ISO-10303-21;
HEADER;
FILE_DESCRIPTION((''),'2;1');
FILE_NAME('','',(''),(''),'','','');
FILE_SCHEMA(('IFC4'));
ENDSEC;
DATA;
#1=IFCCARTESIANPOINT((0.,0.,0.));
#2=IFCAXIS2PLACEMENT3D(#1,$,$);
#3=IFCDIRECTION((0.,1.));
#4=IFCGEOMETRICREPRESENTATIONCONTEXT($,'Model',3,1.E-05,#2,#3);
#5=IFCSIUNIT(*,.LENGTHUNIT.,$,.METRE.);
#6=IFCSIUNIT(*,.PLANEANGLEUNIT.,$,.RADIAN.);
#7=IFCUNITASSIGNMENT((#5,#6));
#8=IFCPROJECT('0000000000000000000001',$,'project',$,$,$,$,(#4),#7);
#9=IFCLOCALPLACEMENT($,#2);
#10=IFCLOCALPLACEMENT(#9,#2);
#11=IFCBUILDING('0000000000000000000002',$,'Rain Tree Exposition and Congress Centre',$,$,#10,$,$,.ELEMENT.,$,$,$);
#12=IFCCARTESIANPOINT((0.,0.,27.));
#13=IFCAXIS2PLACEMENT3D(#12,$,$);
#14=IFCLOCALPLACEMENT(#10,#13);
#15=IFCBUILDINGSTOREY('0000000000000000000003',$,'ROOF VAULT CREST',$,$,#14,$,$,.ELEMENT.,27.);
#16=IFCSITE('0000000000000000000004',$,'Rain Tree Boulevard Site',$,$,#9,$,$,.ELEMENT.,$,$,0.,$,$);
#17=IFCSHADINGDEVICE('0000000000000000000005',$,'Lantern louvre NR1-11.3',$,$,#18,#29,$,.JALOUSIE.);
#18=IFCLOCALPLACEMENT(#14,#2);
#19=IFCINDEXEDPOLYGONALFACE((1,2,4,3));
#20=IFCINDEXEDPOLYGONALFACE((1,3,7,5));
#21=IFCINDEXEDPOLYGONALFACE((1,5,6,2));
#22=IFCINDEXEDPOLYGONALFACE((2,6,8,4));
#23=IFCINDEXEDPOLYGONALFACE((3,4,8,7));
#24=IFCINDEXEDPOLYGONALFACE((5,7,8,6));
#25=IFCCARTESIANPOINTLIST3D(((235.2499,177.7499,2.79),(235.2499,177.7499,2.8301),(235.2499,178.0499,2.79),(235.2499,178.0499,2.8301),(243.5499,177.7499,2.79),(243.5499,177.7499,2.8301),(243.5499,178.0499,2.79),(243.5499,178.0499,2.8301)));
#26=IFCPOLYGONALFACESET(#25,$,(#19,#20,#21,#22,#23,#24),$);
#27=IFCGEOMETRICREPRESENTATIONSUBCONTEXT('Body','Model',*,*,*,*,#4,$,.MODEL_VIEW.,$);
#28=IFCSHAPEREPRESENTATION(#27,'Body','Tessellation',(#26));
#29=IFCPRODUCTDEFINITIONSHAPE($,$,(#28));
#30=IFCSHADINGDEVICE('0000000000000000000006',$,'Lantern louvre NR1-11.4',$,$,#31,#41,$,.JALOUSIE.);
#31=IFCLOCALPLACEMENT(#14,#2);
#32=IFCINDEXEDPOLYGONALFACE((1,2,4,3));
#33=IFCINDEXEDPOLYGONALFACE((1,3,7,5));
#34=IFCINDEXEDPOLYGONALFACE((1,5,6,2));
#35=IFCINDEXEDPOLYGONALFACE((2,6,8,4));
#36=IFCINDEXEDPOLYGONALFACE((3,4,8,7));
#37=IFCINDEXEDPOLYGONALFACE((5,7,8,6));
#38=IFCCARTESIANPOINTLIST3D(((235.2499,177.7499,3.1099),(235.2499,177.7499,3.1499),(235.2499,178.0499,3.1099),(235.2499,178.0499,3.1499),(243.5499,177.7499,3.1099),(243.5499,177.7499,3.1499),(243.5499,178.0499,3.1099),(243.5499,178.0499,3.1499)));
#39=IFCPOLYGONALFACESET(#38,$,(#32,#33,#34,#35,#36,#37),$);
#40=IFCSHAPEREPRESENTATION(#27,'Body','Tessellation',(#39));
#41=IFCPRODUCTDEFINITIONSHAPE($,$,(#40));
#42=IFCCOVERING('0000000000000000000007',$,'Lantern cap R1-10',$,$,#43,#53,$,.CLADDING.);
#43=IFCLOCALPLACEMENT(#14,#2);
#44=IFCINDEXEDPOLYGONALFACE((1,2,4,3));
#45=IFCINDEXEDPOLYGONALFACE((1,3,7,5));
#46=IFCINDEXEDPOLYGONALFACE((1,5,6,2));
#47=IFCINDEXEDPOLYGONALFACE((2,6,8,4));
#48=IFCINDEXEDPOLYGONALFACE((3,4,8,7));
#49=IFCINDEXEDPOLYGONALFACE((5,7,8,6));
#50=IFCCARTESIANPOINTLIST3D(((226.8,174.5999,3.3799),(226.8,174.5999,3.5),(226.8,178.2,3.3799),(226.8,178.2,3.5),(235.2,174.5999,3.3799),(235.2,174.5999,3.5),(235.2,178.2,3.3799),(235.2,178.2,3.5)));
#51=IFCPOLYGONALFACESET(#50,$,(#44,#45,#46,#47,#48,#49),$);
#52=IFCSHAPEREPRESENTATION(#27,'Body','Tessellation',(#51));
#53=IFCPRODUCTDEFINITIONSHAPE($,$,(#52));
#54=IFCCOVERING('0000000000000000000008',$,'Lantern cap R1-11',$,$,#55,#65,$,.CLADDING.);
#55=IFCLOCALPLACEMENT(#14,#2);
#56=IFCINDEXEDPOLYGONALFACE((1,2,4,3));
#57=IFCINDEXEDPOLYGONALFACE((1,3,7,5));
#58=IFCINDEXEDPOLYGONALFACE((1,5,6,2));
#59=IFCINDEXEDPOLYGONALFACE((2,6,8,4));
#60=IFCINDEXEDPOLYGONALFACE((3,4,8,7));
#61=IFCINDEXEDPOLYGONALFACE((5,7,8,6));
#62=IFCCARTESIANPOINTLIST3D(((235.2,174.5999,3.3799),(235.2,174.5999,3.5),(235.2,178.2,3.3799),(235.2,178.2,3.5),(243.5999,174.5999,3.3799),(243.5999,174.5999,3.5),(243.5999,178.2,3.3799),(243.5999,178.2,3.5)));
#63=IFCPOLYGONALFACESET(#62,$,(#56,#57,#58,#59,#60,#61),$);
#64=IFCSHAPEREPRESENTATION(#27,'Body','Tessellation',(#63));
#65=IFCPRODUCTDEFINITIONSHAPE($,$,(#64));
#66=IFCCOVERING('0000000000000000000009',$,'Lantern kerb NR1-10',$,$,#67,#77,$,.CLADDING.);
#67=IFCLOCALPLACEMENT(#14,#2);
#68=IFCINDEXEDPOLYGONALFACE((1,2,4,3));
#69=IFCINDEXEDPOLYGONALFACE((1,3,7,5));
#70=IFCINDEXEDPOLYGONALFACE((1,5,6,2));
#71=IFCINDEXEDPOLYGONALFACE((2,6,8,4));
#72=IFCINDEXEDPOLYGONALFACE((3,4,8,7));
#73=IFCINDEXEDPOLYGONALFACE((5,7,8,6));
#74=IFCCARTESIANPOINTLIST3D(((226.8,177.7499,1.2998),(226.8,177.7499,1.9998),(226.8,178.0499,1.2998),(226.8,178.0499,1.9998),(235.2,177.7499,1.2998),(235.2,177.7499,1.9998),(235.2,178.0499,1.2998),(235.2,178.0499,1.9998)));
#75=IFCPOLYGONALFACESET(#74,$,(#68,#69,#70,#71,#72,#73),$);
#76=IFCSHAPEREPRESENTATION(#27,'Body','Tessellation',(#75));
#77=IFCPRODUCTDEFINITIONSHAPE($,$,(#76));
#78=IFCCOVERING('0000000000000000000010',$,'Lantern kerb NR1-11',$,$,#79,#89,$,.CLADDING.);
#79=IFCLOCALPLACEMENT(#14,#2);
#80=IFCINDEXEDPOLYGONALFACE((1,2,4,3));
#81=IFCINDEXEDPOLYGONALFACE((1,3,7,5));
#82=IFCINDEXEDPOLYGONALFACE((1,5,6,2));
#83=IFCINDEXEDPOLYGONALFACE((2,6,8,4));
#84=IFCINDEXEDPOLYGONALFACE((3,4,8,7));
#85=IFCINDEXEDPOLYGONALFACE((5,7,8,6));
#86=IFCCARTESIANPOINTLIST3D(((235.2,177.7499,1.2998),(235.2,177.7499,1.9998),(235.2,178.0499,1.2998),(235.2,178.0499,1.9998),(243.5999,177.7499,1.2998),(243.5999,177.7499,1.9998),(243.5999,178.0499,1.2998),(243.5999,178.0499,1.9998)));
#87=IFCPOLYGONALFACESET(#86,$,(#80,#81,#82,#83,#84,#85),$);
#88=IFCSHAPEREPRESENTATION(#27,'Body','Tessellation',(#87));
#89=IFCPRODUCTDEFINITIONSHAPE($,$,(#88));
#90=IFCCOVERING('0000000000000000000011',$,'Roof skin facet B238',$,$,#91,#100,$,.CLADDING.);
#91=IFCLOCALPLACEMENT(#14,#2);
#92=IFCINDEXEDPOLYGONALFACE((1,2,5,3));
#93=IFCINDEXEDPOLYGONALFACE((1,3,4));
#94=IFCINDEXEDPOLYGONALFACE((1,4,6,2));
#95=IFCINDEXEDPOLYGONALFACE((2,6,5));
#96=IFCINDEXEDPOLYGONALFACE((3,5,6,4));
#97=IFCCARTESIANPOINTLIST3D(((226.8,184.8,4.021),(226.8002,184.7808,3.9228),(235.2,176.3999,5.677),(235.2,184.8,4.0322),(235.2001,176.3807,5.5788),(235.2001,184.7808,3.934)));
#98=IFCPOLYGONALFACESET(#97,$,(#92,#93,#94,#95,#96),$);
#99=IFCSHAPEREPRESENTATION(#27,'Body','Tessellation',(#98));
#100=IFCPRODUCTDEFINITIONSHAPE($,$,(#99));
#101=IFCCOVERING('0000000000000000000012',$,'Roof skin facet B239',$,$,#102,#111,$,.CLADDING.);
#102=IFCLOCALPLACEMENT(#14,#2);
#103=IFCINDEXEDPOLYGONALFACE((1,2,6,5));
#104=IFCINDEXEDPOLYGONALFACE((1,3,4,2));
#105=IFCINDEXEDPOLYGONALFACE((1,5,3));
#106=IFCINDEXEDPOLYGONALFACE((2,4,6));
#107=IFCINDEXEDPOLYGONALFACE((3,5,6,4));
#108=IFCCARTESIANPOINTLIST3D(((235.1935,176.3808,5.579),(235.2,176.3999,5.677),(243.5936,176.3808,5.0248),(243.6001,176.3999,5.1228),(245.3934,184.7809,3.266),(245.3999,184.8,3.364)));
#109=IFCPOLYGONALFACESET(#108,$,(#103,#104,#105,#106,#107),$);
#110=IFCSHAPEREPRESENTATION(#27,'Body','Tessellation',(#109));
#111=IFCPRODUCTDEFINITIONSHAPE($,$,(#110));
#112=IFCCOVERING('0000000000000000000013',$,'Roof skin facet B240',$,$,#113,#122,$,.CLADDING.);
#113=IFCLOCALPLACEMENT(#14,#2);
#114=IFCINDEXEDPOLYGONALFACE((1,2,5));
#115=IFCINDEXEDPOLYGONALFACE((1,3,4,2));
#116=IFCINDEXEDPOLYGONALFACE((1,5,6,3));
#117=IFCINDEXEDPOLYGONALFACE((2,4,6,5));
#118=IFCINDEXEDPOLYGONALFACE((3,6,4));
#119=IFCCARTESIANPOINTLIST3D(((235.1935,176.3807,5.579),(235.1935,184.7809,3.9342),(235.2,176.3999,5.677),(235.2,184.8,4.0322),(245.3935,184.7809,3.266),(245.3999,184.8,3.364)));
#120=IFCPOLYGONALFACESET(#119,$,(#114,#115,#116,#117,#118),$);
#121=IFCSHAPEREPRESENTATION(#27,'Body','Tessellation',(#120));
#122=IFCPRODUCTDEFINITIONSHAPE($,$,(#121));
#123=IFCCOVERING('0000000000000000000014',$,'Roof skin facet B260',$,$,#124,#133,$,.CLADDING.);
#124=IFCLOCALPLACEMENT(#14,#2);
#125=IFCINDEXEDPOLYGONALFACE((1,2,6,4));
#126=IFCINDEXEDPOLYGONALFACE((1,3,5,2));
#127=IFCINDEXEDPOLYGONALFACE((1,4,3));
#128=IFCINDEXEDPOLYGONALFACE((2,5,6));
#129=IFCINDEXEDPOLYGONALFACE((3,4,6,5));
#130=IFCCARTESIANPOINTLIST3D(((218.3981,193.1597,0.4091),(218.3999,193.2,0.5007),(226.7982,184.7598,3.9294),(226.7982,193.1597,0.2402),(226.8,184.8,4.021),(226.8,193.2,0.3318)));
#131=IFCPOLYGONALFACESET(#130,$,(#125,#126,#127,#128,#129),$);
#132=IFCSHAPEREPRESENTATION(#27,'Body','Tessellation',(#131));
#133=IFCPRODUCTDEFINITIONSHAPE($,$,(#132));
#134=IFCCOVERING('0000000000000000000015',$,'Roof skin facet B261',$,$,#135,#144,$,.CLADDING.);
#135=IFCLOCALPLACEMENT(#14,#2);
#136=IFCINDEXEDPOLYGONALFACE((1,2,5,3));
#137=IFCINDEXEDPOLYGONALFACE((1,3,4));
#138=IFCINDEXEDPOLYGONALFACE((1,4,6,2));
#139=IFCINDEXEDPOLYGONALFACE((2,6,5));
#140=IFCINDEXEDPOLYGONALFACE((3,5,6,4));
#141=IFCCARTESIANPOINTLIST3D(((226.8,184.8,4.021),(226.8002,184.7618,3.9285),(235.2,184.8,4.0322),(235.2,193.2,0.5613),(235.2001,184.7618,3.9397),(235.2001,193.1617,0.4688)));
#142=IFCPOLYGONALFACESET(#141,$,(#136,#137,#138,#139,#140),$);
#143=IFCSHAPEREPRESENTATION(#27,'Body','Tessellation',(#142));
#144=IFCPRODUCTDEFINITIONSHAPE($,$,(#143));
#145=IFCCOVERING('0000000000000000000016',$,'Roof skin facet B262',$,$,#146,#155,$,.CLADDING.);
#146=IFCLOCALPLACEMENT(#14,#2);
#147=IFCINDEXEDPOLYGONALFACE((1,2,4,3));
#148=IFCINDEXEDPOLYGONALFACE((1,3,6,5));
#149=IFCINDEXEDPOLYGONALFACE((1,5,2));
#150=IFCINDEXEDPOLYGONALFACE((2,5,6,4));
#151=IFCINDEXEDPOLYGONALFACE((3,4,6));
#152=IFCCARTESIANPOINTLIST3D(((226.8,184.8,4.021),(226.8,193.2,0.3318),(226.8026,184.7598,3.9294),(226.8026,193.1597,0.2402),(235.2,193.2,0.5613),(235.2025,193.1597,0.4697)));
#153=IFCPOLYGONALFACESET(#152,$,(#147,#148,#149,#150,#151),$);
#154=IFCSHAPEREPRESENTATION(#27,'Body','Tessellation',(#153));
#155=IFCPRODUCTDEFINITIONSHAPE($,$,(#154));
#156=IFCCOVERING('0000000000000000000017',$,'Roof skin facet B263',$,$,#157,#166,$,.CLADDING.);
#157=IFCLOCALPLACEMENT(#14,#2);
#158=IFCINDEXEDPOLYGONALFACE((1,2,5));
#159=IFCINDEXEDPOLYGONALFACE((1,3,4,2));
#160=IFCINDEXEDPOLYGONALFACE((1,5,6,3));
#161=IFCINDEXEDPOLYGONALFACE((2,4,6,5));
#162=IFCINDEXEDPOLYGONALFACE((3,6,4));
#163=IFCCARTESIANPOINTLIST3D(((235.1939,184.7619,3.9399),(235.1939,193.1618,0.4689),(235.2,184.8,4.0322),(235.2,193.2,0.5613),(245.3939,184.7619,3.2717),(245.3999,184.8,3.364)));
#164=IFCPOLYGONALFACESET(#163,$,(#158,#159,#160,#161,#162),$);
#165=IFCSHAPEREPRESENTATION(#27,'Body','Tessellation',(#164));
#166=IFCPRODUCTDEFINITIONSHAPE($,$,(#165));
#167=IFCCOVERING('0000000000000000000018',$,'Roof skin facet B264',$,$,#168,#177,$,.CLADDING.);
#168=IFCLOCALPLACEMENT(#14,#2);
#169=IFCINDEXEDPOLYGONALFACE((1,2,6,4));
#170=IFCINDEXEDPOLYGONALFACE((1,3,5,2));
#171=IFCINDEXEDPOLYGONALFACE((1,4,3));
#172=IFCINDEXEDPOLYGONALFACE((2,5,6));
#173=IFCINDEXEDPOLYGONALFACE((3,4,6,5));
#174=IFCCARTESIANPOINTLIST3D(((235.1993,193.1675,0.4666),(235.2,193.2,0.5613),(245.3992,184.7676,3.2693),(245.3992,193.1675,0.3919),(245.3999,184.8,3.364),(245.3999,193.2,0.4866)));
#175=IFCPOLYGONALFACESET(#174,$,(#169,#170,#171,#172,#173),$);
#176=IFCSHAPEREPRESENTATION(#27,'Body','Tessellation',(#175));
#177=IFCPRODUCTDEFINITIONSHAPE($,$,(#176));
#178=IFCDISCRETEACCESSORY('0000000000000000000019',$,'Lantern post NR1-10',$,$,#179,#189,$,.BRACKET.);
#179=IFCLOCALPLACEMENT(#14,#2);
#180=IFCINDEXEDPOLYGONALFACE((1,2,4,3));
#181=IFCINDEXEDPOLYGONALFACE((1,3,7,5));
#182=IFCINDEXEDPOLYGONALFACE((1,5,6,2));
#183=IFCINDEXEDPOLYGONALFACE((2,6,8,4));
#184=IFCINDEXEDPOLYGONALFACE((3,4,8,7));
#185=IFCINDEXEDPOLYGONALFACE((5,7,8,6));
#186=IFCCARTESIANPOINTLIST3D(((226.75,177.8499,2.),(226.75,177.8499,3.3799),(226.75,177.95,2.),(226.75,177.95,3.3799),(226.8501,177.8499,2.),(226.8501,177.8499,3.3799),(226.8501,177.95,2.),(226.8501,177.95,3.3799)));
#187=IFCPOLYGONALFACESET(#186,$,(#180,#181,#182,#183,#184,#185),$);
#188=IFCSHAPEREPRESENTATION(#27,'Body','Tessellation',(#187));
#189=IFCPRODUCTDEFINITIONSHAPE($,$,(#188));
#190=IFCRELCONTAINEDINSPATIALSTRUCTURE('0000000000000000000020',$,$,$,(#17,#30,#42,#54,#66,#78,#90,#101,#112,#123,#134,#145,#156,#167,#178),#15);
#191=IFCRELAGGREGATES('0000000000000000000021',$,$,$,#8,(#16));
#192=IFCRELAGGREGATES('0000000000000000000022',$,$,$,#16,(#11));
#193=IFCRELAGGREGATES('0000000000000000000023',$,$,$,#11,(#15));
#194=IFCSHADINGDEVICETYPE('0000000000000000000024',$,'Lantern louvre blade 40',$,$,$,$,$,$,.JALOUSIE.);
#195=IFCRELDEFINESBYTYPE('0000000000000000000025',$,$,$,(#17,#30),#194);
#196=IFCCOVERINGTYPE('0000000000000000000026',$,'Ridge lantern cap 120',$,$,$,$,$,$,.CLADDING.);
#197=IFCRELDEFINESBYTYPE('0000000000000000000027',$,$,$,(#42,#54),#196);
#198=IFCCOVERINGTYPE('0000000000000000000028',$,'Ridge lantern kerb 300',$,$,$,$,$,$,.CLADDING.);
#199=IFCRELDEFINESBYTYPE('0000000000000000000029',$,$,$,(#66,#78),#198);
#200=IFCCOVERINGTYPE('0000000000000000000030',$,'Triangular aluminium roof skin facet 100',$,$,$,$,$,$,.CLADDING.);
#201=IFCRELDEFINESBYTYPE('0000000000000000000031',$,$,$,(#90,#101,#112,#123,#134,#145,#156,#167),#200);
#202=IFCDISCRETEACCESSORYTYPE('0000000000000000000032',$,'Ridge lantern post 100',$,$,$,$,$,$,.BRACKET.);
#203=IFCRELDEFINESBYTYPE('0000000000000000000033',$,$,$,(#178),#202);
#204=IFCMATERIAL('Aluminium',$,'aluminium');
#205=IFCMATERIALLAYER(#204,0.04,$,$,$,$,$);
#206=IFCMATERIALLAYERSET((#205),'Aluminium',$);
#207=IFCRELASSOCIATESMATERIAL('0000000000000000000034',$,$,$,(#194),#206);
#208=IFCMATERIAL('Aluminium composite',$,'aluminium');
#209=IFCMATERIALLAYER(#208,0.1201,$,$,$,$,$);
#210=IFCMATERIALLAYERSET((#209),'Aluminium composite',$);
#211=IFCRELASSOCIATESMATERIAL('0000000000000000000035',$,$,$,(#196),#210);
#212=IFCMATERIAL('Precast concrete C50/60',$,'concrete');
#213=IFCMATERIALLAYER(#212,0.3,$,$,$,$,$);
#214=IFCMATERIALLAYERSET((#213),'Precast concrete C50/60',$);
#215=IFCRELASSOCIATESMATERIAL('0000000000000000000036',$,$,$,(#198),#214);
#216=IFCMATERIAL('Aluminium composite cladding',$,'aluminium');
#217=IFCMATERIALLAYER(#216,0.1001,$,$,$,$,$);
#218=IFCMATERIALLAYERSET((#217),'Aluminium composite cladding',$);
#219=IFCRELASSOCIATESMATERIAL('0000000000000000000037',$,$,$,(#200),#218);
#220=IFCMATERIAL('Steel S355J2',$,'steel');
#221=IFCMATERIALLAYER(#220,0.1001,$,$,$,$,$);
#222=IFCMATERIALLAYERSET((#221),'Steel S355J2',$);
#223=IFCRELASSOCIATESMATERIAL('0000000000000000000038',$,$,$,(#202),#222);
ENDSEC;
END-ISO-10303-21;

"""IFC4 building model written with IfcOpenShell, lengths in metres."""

from ifc_helpers import new_model, si_unit, direction, frame, origin, origin_2d, place, context, subcontext, project, spatial, polyline, rectangle, outline, extrude, material, layer, layer_set, type_object, element, save


model = new_model("IFC4")

# Units and contexts
model_context = context("Model", 3, precision=1e-05, world=origin(), true_north=direction((0.0, 1.0)))
body_context = subcontext(model_context, "Body", "Model", "MODEL_VIEW")
ifc_project = project(units=[si_unit("LENGTHUNIT", "METRE"), si_unit("PLANEANGLEUNIT", "RADIAN")], contexts=[model_context])

# Site, building, storey
site_placement = place(None, origin())
site = spatial("IfcSite", under=ifc_project, at=site_placement, Name="Rain Tree Boulevard Site", CompositionType="ELEMENT", RefElevation=0.0)
building_placement = place(site_placement, origin())
building = spatial("IfcBuilding", under=site, at=building_placement, Name="Rain Tree Exposition and Congress Centre", CompositionType="ELEMENT")
storey_placement = place(building_placement, frame((0.0, 0.0, 27.0)))
storey = spatial("IfcBuildingStorey", under=building, at=storey_placement, Name="ROOF VAULT CREST", CompositionType="ELEMENT", Elevation=27.0)

# Shading devices
ifc_material_1 = material(Name="Aluminium", Category="aluminium")
ifc_layer_1 = layer(ifc_material_1, 0.04)
ifc_layer_set_1 = layer_set([ifc_layer_1], Name="Aluminium")
shading_device_type = type_object("IfcShadingDeviceType", Name="Lantern louvre blade 40", PredefinedType="JALOUSIE", material=ifc_layer_set_1)
for number, where, z_axis, x_axis, name in (
    (1, (239.3999, 177.8999, 2.79), (0.0, 0.0, 1.0), (1.0, 0.0, 0.0), "Lantern louvre NR1-11.3"),
    (2, (239.3999, 177.8999, 3.1099), (0.0, 0.0, 1.0), (1.0, 0.0, 0.0), "Lantern louvre NR1-11.4"),
):
    element("IfcShadingDevice", number, at=place(storey_placement, frame(where, z_axis=z_axis, x_axis=x_axis)), inside=storey, type_object=shading_device_type, Name=name, PredefinedType="JALOUSIE", context=body_context, shape_type="SweptSolid", body=[
        extrude(rectangle(XDim=8.3, YDim=0.3, at=origin_2d()), origin(), (0.0, 0.0, 1.0), 0.04),
    ])

# Coverings
ifc_material_2 = material(Name="Aluminium composite", Category="aluminium")
ifc_layer_2 = layer(ifc_material_2, 0.1201)
ifc_layer_set_2 = layer_set([ifc_layer_2], Name="Aluminium composite")
covering_type_1 = type_object("IfcCoveringType", Name="Ridge lantern cap 120", PredefinedType="CLADDING", material=ifc_layer_set_2)
for number, where, z_axis, x_axis, name in (
    (3, (231.0, 176.3999, 3.3799), (0.0, 0.0, 1.0), (1.0, 0.0, 0.0), "Lantern cap R1-10"),
    (4, (239.3999, 176.3999, 3.3799), (0.0, 0.0, 1.0), (1.0, 0.0, 0.0), "Lantern cap R1-11"),
):
    element("IfcCovering", number, at=place(storey_placement, frame(where, z_axis=z_axis, x_axis=x_axis)), inside=storey, type_object=covering_type_1, Name=name, PredefinedType="CLADDING", context=body_context, shape_type="SweptSolid", body=[
        extrude(rectangle(XDim=8.3999, YDim=3.6001, at=origin_2d()), origin(), (0.0, 0.0, 1.0), 0.1201),
    ])
ifc_material_3 = material(Name="Precast concrete C50/60", Category="concrete")
ifc_layer_3 = layer(ifc_material_3, 0.3)
ifc_layer_set_3 = layer_set([ifc_layer_3], Name="Precast concrete C50/60")
covering_type_2 = type_object("IfcCoveringType", Name="Ridge lantern kerb 300", PredefinedType="CLADDING", material=ifc_layer_set_3)
for number, where, z_axis, x_axis, name in (
    (5, (231.0, 177.8999, 1.2998), (0.0, 0.0, 1.0), (1.0, 0.0, 0.0), "Lantern kerb NR1-10"),
    (6, (239.3999, 177.8999, 1.2998), (0.0, 0.0, 1.0), (1.0, 0.0, 0.0), "Lantern kerb NR1-11"),
):
    element("IfcCovering", number, at=place(storey_placement, frame(where, z_axis=z_axis, x_axis=x_axis)), inside=storey, type_object=covering_type_2, Name=name, PredefinedType="CLADDING", context=body_context, shape_type="SweptSolid", body=[
        extrude(rectangle(XDim=8.3999, YDim=0.3, at=origin_2d()), origin(), (0.0, 0.0, 1.0), 0.7),
    ])
ifc_material_4 = material(Name="Aluminium composite cladding", Category="aluminium")
ifc_layer_4 = layer(ifc_material_4, 0.1001)
ifc_layer_set_4 = layer_set([ifc_layer_4], Name="Aluminium composite cladding")
covering_type_3 = type_object("IfcCoveringType", Name="Triangular aluminium roof skin facet 100", PredefinedType="CLADDING", material=ifc_layer_set_4)
covering_1_placement = place(storey_placement, frame((235.2, 176.3999, 5.677), z_axis=(-0.001312, 0.192154, 0.981364), x_axis=(0.0, 0.981365, -0.192154)))
element("IfcCovering", 7, at=covering_1_placement, inside=storey, type_object=covering_type_3, Name="Roof skin facet B238", PredefinedType="CLADDING", context=body_context, shape_type="SweptSolid", body=[
    extrude(outline(polyline([(0.0, 0.0), (8.5597, 0.0), (8.5618, 8.3999), (0.0, 0.0)])), origin(), (0.0, 0.0, -1.0), 0.1001),
])
covering_2_placement = place(storey_placement, frame((235.2, 176.3999, 5.677), z_axis=(0.064617, 0.191222, 0.979418), x_axis=(0.997831, 0.0, -0.065832)))
element("IfcCovering", 8, at=covering_2_placement, inside=storey, type_object=covering_type_3, Name="Roof skin facet B239", PredefinedType="CLADDING", context=body_context, shape_type="SweptSolid", body=[
    extrude(outline(polyline([(0.0, 0.0), (8.4184, 0.0), (10.3301, 8.5581), (0.0, 0.0)])), origin(), (0.0, 0.0, -1.0), 0.1001),
])
covering_3_placement = place(storey_placement, frame((235.2, 176.3999, 5.677), z_axis=(0.064158, 0.191758, 0.979343), x_axis=(0.760362, 0.626195, -0.172423)))
element("IfcCovering", 9, at=covering_3_placement, inside=storey, type_object=covering_type_3, Name="Roof skin facet B240", PredefinedType="CLADDING", context=body_context, shape_type="SweptSolid", body=[
    extrude(outline(polyline([(0.0, 0.0), (13.4146, 0.0), (5.5437, 6.5219), (0.0, 0.0)])), origin(), (0.0, 0.0, -1.0), 0.1001),
])
covering_4_placement = place(storey_placement, frame((226.8, 184.8, 4.021), z_axis=(0.018411, 0.402054, 0.915431), x_axis=(0.0, 0.915586, -0.402122)))
element("IfcCovering", 10, at=covering_4_placement, inside=storey, type_object=covering_type_3, Name="Roof skin facet B260", PredefinedType="CLADDING", context=body_context, shape_type="SweptSolid", body=[
    extrude(outline(polyline([(0.0, 0.0), (9.1743, 0.0), (9.1064, 8.4016), (0.0, 0.0)])), origin(), (0.0, 0.0, -1.0), 0.1001),
])
covering_5_placement = place(storey_placement, frame((226.8, 184.8, 4.021), z_axis=(-0.001236, 0.381894, 0.924205), x_axis=(0.999999, 0.0, 0.001337)))
element("IfcCovering", 11, at=covering_5_placement, inside=storey, type_object=covering_type_3, Name="Roof skin facet B261", PredefinedType="CLADDING", context=body_context, shape_type="SweptSolid", body=[
    extrude(outline(polyline([(0.0, 0.0), (8.3999, 0.0), (8.3953, 9.0888), (0.0, 0.0)])), origin(), (0.0, 0.0, -1.0), 0.1001),
])
covering_6_placement = place(storey_placement, frame((226.8, 184.8, 4.021), z_axis=(-0.025007, 0.401997, 0.9153), x_axis=(0.6789, 0.6789, -0.279623)))
element("IfcCovering", 12, at=covering_6_placement, inside=storey, type_object=covering_type_3, Name="Roof skin facet B262", PredefinedType="CLADDING", context=body_context, shape_type="SweptSolid", body=[
    extrude(outline(polyline([(0.0, 0.0), (12.3728, 0.0), (6.7343, 6.2304), (0.0, 0.0)])), origin(), (0.0, 0.0, -1.0), 0.1001),
])
covering_7_placement = place(storey_placement, frame((235.2, 184.8, 4.0322), z_axis=(0.060435, 0.381196, 0.922517), x_axis=(0.997861, 0.0, -0.065371)))
element("IfcCovering", 13, at=covering_7_placement, inside=storey, type_object=covering_type_3, Name="Roof skin facet B263", PredefinedType="CLADDING", context=body_context, shape_type="SweptSolid", body=[
    extrude(outline(polyline([(0.0, 0.0), (10.2218, 0.0), (0.2269, 9.0859), (0.0, 0.0)])), origin(), (0.0, 0.0, -1.0), 0.1001),
])
covering_8_placement = place(storey_placement, frame((245.3999, 184.8, 3.364), z_axis=(0.006929, 0.324062, 0.94601), x_axis=(0.0, 0.946033, -0.32407)))
element("IfcCovering", 14, at=covering_8_placement, inside=storey, type_object=covering_type_3, Name="Roof skin facet B264", PredefinedType="CLADDING", context=body_context, shape_type="SweptSolid", body=[
    extrude(outline(polyline([(0.0, 0.0), (8.8791, 0.0), (8.8549, 10.2002), (0.0, 0.0)])), origin(), (0.0, 0.0, -1.0), 0.1001),
])

# Discrete accessory
ifc_material_5 = material(Name="Steel S355J2", Category="steel")
ifc_layer_5 = layer(ifc_material_5, 0.1001)
ifc_layer_set_5 = layer_set([ifc_layer_5], Name="Steel S355J2")
discrete_accessory_type_1 = type_object("IfcDiscreteAccessoryType", Name="Ridge lantern post 100", PredefinedType="BRACKET", material=ifc_layer_set_5)
for number, where, z_axis, x_axis, name in (
    (15, (226.8, 177.8999, 2.0), (0.0, 0.0, 1.0), (1.0, 0.0, 0.0), "Lantern post NR1-10"),
):
    element("IfcDiscreteAccessory", number, at=place(storey_placement, frame(where, z_axis=z_axis, x_axis=x_axis)), inside=storey, type_object=discrete_accessory_type_1, Name=name, PredefinedType="BRACKET", context=body_context, shape_type="SweptSolid", body=[
        extrude(rectangle(XDim=0.1001, YDim=0.1001, at=origin_2d()), origin(), (0.0, 0.0, 1.0), 1.3799),
    ])

save(model, "model.ifc")
